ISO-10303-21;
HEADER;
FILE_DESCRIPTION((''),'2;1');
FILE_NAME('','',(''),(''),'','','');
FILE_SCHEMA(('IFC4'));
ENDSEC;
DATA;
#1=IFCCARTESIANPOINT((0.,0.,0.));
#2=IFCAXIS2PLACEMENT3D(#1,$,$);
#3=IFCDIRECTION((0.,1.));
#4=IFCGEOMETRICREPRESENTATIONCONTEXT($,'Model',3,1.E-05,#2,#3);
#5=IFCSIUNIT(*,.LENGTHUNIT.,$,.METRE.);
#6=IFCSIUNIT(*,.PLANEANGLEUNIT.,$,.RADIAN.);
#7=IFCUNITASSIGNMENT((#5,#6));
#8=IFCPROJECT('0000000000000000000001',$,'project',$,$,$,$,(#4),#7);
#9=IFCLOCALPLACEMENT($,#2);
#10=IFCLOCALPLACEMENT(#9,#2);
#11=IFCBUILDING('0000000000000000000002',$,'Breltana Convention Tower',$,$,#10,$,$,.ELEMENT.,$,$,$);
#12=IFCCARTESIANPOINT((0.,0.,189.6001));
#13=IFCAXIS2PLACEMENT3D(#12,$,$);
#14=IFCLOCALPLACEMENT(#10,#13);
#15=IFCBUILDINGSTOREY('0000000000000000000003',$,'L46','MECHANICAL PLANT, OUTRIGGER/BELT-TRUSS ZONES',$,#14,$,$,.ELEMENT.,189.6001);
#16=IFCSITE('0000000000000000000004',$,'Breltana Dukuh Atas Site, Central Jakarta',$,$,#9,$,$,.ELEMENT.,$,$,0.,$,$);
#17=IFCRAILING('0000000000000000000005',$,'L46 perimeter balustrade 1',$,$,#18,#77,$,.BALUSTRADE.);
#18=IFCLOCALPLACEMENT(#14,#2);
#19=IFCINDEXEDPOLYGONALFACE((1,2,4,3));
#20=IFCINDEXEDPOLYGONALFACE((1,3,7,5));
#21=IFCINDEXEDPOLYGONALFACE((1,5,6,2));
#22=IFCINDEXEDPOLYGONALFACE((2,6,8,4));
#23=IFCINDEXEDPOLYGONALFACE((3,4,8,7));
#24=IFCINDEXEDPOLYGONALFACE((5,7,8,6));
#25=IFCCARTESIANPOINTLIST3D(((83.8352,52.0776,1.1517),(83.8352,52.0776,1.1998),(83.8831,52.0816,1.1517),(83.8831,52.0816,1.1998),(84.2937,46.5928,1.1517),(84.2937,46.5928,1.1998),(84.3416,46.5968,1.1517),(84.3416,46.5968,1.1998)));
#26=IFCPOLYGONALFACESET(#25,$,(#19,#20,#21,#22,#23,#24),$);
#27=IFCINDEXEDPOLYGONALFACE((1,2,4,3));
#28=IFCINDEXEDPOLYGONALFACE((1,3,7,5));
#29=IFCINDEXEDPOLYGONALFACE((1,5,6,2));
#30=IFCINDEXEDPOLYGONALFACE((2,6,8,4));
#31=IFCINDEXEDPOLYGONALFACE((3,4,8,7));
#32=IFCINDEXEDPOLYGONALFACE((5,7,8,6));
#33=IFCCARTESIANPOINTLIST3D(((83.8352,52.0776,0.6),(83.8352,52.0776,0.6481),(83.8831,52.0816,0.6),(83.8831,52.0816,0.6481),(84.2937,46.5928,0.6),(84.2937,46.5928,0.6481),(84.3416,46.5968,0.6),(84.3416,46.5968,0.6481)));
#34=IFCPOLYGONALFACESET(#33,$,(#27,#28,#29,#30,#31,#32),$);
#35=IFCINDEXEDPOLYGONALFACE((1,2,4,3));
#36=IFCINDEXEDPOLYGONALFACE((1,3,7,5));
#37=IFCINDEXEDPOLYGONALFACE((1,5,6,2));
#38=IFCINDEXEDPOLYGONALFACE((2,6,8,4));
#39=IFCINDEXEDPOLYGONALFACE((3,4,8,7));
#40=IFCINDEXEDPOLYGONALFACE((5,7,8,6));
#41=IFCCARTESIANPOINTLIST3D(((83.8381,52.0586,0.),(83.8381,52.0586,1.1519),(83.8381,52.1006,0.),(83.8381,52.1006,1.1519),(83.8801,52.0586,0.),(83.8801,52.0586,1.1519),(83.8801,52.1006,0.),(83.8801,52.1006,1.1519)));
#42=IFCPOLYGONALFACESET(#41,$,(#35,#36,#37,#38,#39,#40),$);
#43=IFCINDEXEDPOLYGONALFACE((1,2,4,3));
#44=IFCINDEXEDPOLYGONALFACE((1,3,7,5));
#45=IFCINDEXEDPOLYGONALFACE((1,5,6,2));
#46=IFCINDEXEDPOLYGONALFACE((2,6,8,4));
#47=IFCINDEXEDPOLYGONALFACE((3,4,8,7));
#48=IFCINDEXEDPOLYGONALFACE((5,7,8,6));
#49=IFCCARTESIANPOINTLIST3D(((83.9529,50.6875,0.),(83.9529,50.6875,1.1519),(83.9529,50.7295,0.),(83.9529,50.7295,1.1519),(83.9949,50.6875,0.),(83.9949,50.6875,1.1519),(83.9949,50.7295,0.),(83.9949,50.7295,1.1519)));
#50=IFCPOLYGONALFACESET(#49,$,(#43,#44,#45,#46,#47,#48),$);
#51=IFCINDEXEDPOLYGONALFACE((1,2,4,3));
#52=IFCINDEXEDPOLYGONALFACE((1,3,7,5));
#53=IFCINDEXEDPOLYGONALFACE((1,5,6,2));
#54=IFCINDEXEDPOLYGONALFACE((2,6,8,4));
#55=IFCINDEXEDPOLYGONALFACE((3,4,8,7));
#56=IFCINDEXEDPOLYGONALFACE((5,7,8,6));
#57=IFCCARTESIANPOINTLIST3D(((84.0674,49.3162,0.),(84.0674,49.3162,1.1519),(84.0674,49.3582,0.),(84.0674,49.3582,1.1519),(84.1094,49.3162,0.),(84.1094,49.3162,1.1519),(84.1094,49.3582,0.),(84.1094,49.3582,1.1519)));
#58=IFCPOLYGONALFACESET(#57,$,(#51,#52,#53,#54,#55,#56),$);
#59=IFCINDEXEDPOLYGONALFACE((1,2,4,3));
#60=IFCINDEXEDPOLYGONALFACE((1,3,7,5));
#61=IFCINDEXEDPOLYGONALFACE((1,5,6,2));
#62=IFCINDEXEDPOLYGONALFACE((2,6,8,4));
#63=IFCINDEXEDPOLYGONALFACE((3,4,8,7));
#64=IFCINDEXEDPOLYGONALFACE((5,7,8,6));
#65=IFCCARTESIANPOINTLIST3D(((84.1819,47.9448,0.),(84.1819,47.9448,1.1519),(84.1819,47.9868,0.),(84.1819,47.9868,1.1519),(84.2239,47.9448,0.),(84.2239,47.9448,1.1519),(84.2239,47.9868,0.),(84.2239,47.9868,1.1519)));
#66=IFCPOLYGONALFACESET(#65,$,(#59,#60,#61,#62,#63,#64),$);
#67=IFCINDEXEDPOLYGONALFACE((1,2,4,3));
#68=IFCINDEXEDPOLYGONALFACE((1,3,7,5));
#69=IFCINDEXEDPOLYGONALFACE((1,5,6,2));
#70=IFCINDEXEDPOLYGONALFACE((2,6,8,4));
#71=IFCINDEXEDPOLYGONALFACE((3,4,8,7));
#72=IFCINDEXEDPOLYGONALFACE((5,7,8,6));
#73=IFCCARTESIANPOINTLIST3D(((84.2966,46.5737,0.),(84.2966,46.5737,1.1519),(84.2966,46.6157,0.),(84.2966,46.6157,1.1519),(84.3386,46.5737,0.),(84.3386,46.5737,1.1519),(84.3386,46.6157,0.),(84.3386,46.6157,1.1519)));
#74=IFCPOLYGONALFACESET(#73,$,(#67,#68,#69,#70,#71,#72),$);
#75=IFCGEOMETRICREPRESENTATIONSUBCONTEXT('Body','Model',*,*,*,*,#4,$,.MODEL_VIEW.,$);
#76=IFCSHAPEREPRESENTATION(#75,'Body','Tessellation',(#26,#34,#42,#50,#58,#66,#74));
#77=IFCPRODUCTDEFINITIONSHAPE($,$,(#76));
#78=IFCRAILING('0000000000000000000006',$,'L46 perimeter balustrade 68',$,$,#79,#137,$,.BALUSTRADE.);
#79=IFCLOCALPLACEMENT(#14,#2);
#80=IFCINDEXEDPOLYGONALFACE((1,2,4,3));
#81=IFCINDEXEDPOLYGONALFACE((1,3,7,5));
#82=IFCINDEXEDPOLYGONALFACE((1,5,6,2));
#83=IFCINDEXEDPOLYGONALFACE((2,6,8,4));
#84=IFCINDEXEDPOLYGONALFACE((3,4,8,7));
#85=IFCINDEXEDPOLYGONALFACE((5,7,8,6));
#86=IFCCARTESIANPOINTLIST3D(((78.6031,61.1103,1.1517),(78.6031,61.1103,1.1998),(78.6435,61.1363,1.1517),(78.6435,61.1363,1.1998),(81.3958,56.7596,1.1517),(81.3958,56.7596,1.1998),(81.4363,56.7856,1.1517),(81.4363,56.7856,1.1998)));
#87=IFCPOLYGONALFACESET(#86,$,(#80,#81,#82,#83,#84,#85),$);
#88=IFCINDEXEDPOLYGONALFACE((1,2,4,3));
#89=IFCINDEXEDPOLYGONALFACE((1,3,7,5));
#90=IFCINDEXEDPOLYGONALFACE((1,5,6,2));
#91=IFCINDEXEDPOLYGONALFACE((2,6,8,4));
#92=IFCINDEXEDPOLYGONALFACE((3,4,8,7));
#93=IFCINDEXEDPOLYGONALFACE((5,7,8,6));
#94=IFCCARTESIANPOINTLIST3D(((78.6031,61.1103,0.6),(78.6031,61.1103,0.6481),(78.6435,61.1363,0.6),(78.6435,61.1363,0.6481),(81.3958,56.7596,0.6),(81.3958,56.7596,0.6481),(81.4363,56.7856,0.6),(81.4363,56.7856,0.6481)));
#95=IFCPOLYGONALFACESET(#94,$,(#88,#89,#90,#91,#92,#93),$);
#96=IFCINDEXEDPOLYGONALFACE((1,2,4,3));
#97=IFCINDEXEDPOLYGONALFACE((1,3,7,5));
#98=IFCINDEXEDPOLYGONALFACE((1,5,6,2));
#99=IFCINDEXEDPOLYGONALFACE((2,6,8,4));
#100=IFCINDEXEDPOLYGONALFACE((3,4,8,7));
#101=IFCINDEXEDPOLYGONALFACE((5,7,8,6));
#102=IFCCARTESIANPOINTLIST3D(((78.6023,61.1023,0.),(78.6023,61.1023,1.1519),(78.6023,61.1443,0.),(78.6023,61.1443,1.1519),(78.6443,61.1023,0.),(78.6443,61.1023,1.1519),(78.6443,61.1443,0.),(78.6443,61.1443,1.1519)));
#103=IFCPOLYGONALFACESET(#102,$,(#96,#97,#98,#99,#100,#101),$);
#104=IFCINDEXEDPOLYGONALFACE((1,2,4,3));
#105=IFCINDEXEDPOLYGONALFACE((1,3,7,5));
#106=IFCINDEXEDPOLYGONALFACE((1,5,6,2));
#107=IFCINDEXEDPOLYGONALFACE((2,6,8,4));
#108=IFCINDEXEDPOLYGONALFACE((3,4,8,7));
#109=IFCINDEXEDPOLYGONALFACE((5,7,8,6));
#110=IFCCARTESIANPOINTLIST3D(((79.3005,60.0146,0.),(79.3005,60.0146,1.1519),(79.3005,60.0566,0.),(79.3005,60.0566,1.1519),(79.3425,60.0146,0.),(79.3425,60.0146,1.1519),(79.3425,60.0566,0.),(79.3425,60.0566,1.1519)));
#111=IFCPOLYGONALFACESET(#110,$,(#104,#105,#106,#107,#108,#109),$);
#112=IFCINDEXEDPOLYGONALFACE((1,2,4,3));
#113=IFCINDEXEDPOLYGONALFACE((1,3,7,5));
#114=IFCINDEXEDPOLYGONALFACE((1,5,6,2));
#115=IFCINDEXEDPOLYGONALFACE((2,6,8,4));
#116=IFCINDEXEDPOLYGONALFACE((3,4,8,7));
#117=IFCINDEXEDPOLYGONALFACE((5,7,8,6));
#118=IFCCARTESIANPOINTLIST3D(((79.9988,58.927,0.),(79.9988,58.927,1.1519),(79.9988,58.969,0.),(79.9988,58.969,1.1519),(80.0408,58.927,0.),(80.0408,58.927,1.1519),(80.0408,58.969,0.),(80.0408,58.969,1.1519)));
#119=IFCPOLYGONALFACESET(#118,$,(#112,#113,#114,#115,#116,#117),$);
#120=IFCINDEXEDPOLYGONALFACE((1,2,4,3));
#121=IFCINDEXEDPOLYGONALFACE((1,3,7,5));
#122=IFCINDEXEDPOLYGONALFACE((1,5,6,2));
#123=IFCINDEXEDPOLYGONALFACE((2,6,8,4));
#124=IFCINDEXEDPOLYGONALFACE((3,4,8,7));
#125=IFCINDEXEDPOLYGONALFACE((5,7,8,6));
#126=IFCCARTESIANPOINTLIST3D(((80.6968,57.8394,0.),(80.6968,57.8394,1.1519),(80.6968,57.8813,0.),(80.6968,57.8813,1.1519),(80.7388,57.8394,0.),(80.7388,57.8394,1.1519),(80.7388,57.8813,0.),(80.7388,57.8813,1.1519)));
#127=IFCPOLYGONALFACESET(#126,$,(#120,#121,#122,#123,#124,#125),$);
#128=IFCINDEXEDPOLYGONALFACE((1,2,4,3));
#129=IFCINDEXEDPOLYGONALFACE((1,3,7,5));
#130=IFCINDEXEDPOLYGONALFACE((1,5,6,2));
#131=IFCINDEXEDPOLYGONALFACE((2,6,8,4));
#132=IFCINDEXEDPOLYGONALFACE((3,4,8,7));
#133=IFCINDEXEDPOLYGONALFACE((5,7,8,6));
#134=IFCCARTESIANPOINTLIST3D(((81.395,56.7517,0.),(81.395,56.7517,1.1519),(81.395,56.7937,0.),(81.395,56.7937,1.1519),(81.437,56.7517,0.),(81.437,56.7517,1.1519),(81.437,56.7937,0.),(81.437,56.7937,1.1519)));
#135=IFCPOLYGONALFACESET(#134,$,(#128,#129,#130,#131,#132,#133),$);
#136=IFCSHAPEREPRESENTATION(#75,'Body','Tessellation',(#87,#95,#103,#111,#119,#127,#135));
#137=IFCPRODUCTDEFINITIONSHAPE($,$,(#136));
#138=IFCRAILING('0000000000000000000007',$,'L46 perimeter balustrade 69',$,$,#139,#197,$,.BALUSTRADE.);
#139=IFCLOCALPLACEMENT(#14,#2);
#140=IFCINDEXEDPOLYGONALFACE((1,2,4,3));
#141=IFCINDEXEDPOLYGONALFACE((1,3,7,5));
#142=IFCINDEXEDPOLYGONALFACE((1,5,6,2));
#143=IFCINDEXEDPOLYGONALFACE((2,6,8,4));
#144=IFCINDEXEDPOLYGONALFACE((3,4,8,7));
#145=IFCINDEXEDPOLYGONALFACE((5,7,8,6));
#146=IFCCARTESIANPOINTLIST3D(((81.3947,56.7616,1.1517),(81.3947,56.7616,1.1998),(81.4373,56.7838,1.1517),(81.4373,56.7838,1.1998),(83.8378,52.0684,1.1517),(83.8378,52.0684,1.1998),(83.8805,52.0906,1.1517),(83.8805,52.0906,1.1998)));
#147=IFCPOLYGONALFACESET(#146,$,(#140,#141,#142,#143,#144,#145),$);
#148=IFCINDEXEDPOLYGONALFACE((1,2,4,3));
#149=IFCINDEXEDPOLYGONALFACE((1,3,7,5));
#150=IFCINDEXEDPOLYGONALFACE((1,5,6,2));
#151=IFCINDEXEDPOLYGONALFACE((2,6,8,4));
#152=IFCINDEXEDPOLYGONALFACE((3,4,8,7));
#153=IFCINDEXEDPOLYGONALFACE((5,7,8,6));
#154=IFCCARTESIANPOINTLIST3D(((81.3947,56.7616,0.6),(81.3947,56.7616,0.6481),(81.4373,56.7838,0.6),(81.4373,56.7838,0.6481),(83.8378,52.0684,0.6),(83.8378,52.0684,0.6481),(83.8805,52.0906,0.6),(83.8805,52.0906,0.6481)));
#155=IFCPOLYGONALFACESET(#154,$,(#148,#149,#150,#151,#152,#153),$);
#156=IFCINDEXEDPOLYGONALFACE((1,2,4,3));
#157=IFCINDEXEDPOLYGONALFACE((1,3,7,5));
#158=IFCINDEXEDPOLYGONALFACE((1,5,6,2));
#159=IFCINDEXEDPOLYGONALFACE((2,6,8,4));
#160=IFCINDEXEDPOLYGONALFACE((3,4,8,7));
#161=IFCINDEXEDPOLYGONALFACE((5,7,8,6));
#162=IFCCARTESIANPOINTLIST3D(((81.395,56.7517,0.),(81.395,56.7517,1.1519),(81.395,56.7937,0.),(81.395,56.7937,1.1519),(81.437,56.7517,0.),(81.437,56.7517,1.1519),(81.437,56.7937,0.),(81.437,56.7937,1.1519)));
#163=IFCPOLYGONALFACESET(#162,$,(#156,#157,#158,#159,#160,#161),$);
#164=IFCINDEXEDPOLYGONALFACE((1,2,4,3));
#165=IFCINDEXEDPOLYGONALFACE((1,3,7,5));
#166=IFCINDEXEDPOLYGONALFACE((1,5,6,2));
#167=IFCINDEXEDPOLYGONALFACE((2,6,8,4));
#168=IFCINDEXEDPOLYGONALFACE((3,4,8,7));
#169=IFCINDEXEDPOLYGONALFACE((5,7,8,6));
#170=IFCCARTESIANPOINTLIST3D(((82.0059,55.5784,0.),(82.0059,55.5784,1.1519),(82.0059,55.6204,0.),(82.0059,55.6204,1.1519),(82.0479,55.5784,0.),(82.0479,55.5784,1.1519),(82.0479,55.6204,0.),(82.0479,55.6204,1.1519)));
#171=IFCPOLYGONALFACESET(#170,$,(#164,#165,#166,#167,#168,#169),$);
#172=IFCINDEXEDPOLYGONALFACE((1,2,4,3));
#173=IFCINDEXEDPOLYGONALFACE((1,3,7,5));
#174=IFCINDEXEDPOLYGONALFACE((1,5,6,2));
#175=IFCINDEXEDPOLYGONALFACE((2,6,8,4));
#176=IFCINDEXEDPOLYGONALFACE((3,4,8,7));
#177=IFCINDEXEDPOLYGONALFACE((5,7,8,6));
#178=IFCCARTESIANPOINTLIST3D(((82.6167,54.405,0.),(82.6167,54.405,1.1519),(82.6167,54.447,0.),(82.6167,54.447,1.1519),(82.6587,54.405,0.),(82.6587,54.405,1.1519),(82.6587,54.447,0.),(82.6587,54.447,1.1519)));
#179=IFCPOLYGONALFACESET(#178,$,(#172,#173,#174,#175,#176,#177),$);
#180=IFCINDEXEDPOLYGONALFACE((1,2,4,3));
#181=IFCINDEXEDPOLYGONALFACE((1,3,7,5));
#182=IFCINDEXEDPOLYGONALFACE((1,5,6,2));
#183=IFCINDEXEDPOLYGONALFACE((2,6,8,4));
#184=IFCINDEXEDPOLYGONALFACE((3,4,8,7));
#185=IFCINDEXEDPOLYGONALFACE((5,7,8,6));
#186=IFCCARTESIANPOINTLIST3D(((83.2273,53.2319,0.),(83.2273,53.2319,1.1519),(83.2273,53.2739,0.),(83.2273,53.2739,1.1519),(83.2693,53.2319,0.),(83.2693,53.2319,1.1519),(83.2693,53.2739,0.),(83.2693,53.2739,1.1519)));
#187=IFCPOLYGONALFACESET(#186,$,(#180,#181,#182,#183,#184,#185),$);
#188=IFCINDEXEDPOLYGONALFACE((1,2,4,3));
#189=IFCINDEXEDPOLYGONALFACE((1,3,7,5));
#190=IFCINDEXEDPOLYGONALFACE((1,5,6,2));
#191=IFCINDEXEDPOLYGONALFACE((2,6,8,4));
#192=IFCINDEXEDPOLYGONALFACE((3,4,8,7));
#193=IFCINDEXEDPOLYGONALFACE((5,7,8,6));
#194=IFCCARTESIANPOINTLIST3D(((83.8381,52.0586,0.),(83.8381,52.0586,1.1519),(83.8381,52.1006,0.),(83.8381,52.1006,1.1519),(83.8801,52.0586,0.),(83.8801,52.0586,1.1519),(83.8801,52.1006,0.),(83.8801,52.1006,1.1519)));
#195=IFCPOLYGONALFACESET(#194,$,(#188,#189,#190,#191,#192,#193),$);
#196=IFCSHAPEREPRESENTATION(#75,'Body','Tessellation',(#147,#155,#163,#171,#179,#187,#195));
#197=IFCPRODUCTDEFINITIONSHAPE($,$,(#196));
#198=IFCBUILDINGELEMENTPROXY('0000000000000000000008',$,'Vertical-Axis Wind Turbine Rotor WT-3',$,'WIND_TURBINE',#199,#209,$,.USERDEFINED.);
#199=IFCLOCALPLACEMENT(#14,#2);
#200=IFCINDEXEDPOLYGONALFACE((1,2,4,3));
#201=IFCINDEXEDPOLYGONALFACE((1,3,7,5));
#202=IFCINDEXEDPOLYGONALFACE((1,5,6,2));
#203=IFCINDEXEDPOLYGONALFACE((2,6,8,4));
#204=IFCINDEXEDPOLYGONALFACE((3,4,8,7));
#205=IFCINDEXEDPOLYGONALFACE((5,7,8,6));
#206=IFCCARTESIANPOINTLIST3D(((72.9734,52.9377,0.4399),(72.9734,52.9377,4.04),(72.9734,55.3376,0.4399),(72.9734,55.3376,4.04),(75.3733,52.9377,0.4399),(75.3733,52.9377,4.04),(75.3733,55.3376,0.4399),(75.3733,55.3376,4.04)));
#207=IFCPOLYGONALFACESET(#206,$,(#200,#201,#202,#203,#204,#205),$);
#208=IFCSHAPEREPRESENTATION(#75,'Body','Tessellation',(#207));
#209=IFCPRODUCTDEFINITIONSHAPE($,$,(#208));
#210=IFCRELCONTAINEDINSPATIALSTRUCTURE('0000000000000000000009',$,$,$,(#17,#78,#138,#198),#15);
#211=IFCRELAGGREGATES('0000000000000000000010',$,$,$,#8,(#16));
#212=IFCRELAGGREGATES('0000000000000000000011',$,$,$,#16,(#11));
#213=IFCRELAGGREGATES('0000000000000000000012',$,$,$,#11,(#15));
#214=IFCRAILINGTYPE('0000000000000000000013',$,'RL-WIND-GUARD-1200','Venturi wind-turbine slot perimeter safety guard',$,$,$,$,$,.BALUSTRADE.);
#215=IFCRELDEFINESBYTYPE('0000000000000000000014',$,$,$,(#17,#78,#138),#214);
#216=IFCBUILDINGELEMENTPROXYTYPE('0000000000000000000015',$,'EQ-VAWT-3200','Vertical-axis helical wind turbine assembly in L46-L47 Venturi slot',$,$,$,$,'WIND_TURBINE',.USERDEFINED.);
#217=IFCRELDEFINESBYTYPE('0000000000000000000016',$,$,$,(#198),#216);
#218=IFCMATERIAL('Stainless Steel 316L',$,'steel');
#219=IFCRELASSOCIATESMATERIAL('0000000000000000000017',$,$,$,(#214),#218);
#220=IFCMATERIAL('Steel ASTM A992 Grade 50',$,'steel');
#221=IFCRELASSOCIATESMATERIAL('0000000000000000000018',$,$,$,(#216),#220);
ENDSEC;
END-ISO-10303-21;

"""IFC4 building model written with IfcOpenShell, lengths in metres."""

from ifc_helpers import new_model, si_unit, direction, frame, origin, origin_2d, place, context, subcontext, project, spatial, rectangle, extrude, source, transform, mapped, material, type_object, type_shapes, element, save


model = new_model("IFC4")

# Units and contexts
model_context = context("Model", 3, precision=1e-05, world=origin(), true_north=direction((0.0, 1.0)))
body_context = subcontext(model_context, "Body", "Model", "MODEL_VIEW")
ifc_project = project(units=[si_unit("LENGTHUNIT", "METRE"), si_unit("PLANEANGLEUNIT", "RADIAN")], contexts=[model_context])

# Site, building, storey
site_placement = place(None, origin())
site = spatial("IfcSite", under=ifc_project, at=site_placement, Name="Breltana Dukuh Atas Site, Central Jakarta", CompositionType="ELEMENT", RefElevation=0.0)
building_placement = place(site_placement, origin())
building = spatial("IfcBuilding", under=site, at=building_placement, Name="Breltana Convention Tower", CompositionType="ELEMENT")
storey_placement = place(building_placement, frame((0.0, 0.0, 189.6001)))
storey = spatial("IfcBuildingStorey", under=building, at=storey_placement, Name="L46", Description="MECHANICAL PLANT, OUTRIGGER/BELT-TRUSS ZONES", CompositionType="ELEMENT", Elevation=189.6001)

# Shared definitions
ifc_material_1 = material(Name="Steel ASTM A992 Grade 50", Category="steel")

# Railings
ifc_material_2 = material(Name="Stainless Steel 316L", Category="steel")
railing_type = type_object("IfcRailingType", Name="RL-WIND-GUARD-1200", Description="Venturi wind-turbine slot perimeter safety guard", PredefinedType="BALUSTRADE", material=ifc_material_2)
railing_1_placement = place(storey_placement, frame((83.8591, 52.0796, 0.0)))
element("IfcRailing", 1, at=railing_1_placement, inside=storey, type_object=railing_type, Name="L46 perimeter balustrade 1", PredefinedType="BALUSTRADE", context=body_context, shape_type="SweptSolid", body=[
    extrude(rectangle(XDim=0.0481, YDim=0.0481, at=origin_2d()), frame((0.0, 0.0, 1.1758), z_axis=(0.083302, -0.996524, 0.0), x_axis=(0.996524, 0.083302, 0.0)), (0.0, 0.0, 1.0), 5.5039),
    extrude(rectangle(XDim=0.0481, YDim=0.0481, at=origin_2d()), frame((0.0, 0.0, 0.624), z_axis=(0.083302, -0.996524, 0.0), x_axis=(0.996524, 0.083302, 0.0)), (0.0, 0.0, 1.0), 5.5039),
    extrude(rectangle(XDim=0.042, YDim=0.042, at=origin_2d()), origin(), (0.0, 0.0, 1.0), 1.1519),
    extrude(rectangle(XDim=0.042, YDim=0.042, at=origin_2d()), frame((0.1147, -1.3711, 0.0)), (0.0, 0.0, 1.0), 1.1519),
    extrude(rectangle(XDim=0.042, YDim=0.042, at=origin_2d()), frame((0.2292, -2.7424, 0.0)), (0.0, 0.0, 1.0), 1.1519),
    extrude(rectangle(XDim=0.042, YDim=0.042, at=origin_2d()), frame((0.3438, -4.1138, 0.0)), (0.0, 0.0, 1.0), 1.1519),
    extrude(rectangle(XDim=0.042, YDim=0.042, at=origin_2d()), frame((0.4585, -5.4849, 0.0)), (0.0, 0.0, 1.0), 1.1519),
])
railing_2_placement = place(storey_placement, frame((78.6233, 61.1233, 0.0)))
element("IfcRailing", 2, at=railing_2_placement, inside=storey, type_object=railing_type, Name="L46 perimeter balustrade 68", PredefinedType="BALUSTRADE", context=body_context, shape_type="SweptSolid", body=[
    extrude(rectangle(XDim=0.0481, YDim=0.0481, at=origin_2d()), frame((0.0, 0.0, 1.1758), z_axis=(0.540199, -0.841537, 0.0), x_axis=(0.841537, 0.540199, 0.0)), (0.0, 0.0, 1.0), 5.1699),
    extrude(rectangle(XDim=0.0481, YDim=0.0481, at=origin_2d()), frame((0.0, 0.0, 0.624), z_axis=(0.540199, -0.841537, 0.0), x_axis=(0.841537, 0.540199, 0.0)), (0.0, 0.0, 1.0), 5.1699),
    extrude(rectangle(XDim=0.042, YDim=0.042, at=origin_2d()), origin(), (0.0, 0.0, 1.0), 1.1519),
    extrude(rectangle(XDim=0.042, YDim=0.042, at=origin_2d()), frame((0.6982, -1.0876, 0.0)), (0.0, 0.0, 1.0), 1.1519),
    extrude(rectangle(XDim=0.042, YDim=0.042, at=origin_2d()), frame((1.3965, -2.1753, 0.0)), (0.0, 0.0, 1.0), 1.1519),
    extrude(rectangle(XDim=0.042, YDim=0.042, at=origin_2d()), frame((2.0945, -3.2629, 0.0)), (0.0, 0.0, 1.0), 1.1519),
    extrude(rectangle(XDim=0.042, YDim=0.042, at=origin_2d()), frame((2.7927, -4.3506, 0.0)), (0.0, 0.0, 1.0), 1.1519),
])
railing_3_placement = place(storey_placement, frame((81.416, 56.7727, 0.0)))
element("IfcRailing", 3, at=railing_3_placement, inside=storey, type_object=railing_type, Name="L46 perimeter balustrade 69", PredefinedType="BALUSTRADE", context=body_context, shape_type="SweptSolid", body=[
    extrude(rectangle(XDim=0.0481, YDim=0.0481, at=origin_2d()), frame((0.0, 0.0, 1.1758), z_axis=(0.461754, -0.887008, 0.0), x_axis=(0.887008, 0.461754, 0.0)), (0.0, 0.0, 1.0), 5.291),
    extrude(rectangle(XDim=0.0481, YDim=0.0481, at=origin_2d()), frame((0.0, 0.0, 0.624), z_axis=(0.461754, -0.887008, 0.0), x_axis=(0.887008, 0.461754, 0.0)), (0.0, 0.0, 1.0), 5.291),
    extrude(rectangle(XDim=0.042, YDim=0.042, at=origin_2d()), origin(), (0.0, 0.0, 1.0), 1.1519),
    extrude(rectangle(XDim=0.042, YDim=0.042, at=origin_2d()), frame((0.6108, -1.1733, 0.0)), (0.0, 0.0, 1.0), 1.1519),
    extrude(rectangle(XDim=0.042, YDim=0.042, at=origin_2d()), frame((1.2217, -2.3467, 0.0)), (0.0, 0.0, 1.0), 1.1519),
    extrude(rectangle(XDim=0.042, YDim=0.042, at=origin_2d()), frame((1.8323, -3.5198, 0.0)), (0.0, 0.0, 1.0), 1.1519),
    extrude(rectangle(XDim=0.042, YDim=0.042, at=origin_2d()), frame((2.4431, -4.6931, 0.0)), (0.0, 0.0, 1.0), 1.1519),
])

# Building element proxy
building_element_proxy_type = type_object("IfcBuildingElementProxyType", Name="EQ-VAWT-3200", Description="Vertical-axis helical wind turbine assembly in L46-L47 Venturi slot", ElementType="WIND_TURBINE", PredefinedType="USERDEFINED", material=ifc_material_1)
shared_shape_1 = source(origin(), body_context, "Body", "SweptSolid", [
    extrude(rectangle(XDim=2.3999, YDim=2.3999, at=origin_2d()), origin(), (0.0, 0.0, 1.0), 3.6001),
])
type_shapes(building_element_proxy_type, [shared_shape_1])
proxy_placement = place(storey_placement, frame((74.1733, 54.1377, 0.4399), z_axis=(0.0, 0.0, 1.0), x_axis=(1.0, 0.0, 0.0)))
element("IfcBuildingElementProxy", 4, at=proxy_placement, inside=storey, type_object=building_element_proxy_type, Name="Vertical-Axis Wind Turbine Rotor WT-3", ObjectType="WIND_TURBINE", PredefinedType="USERDEFINED", context=body_context, shape_type="MappedRepresentation", body=[
    mapped(shared_shape_1, transform((0.0, 0.0, 0.0), scale=1.0)),
])

save(model, "model.ifc")
